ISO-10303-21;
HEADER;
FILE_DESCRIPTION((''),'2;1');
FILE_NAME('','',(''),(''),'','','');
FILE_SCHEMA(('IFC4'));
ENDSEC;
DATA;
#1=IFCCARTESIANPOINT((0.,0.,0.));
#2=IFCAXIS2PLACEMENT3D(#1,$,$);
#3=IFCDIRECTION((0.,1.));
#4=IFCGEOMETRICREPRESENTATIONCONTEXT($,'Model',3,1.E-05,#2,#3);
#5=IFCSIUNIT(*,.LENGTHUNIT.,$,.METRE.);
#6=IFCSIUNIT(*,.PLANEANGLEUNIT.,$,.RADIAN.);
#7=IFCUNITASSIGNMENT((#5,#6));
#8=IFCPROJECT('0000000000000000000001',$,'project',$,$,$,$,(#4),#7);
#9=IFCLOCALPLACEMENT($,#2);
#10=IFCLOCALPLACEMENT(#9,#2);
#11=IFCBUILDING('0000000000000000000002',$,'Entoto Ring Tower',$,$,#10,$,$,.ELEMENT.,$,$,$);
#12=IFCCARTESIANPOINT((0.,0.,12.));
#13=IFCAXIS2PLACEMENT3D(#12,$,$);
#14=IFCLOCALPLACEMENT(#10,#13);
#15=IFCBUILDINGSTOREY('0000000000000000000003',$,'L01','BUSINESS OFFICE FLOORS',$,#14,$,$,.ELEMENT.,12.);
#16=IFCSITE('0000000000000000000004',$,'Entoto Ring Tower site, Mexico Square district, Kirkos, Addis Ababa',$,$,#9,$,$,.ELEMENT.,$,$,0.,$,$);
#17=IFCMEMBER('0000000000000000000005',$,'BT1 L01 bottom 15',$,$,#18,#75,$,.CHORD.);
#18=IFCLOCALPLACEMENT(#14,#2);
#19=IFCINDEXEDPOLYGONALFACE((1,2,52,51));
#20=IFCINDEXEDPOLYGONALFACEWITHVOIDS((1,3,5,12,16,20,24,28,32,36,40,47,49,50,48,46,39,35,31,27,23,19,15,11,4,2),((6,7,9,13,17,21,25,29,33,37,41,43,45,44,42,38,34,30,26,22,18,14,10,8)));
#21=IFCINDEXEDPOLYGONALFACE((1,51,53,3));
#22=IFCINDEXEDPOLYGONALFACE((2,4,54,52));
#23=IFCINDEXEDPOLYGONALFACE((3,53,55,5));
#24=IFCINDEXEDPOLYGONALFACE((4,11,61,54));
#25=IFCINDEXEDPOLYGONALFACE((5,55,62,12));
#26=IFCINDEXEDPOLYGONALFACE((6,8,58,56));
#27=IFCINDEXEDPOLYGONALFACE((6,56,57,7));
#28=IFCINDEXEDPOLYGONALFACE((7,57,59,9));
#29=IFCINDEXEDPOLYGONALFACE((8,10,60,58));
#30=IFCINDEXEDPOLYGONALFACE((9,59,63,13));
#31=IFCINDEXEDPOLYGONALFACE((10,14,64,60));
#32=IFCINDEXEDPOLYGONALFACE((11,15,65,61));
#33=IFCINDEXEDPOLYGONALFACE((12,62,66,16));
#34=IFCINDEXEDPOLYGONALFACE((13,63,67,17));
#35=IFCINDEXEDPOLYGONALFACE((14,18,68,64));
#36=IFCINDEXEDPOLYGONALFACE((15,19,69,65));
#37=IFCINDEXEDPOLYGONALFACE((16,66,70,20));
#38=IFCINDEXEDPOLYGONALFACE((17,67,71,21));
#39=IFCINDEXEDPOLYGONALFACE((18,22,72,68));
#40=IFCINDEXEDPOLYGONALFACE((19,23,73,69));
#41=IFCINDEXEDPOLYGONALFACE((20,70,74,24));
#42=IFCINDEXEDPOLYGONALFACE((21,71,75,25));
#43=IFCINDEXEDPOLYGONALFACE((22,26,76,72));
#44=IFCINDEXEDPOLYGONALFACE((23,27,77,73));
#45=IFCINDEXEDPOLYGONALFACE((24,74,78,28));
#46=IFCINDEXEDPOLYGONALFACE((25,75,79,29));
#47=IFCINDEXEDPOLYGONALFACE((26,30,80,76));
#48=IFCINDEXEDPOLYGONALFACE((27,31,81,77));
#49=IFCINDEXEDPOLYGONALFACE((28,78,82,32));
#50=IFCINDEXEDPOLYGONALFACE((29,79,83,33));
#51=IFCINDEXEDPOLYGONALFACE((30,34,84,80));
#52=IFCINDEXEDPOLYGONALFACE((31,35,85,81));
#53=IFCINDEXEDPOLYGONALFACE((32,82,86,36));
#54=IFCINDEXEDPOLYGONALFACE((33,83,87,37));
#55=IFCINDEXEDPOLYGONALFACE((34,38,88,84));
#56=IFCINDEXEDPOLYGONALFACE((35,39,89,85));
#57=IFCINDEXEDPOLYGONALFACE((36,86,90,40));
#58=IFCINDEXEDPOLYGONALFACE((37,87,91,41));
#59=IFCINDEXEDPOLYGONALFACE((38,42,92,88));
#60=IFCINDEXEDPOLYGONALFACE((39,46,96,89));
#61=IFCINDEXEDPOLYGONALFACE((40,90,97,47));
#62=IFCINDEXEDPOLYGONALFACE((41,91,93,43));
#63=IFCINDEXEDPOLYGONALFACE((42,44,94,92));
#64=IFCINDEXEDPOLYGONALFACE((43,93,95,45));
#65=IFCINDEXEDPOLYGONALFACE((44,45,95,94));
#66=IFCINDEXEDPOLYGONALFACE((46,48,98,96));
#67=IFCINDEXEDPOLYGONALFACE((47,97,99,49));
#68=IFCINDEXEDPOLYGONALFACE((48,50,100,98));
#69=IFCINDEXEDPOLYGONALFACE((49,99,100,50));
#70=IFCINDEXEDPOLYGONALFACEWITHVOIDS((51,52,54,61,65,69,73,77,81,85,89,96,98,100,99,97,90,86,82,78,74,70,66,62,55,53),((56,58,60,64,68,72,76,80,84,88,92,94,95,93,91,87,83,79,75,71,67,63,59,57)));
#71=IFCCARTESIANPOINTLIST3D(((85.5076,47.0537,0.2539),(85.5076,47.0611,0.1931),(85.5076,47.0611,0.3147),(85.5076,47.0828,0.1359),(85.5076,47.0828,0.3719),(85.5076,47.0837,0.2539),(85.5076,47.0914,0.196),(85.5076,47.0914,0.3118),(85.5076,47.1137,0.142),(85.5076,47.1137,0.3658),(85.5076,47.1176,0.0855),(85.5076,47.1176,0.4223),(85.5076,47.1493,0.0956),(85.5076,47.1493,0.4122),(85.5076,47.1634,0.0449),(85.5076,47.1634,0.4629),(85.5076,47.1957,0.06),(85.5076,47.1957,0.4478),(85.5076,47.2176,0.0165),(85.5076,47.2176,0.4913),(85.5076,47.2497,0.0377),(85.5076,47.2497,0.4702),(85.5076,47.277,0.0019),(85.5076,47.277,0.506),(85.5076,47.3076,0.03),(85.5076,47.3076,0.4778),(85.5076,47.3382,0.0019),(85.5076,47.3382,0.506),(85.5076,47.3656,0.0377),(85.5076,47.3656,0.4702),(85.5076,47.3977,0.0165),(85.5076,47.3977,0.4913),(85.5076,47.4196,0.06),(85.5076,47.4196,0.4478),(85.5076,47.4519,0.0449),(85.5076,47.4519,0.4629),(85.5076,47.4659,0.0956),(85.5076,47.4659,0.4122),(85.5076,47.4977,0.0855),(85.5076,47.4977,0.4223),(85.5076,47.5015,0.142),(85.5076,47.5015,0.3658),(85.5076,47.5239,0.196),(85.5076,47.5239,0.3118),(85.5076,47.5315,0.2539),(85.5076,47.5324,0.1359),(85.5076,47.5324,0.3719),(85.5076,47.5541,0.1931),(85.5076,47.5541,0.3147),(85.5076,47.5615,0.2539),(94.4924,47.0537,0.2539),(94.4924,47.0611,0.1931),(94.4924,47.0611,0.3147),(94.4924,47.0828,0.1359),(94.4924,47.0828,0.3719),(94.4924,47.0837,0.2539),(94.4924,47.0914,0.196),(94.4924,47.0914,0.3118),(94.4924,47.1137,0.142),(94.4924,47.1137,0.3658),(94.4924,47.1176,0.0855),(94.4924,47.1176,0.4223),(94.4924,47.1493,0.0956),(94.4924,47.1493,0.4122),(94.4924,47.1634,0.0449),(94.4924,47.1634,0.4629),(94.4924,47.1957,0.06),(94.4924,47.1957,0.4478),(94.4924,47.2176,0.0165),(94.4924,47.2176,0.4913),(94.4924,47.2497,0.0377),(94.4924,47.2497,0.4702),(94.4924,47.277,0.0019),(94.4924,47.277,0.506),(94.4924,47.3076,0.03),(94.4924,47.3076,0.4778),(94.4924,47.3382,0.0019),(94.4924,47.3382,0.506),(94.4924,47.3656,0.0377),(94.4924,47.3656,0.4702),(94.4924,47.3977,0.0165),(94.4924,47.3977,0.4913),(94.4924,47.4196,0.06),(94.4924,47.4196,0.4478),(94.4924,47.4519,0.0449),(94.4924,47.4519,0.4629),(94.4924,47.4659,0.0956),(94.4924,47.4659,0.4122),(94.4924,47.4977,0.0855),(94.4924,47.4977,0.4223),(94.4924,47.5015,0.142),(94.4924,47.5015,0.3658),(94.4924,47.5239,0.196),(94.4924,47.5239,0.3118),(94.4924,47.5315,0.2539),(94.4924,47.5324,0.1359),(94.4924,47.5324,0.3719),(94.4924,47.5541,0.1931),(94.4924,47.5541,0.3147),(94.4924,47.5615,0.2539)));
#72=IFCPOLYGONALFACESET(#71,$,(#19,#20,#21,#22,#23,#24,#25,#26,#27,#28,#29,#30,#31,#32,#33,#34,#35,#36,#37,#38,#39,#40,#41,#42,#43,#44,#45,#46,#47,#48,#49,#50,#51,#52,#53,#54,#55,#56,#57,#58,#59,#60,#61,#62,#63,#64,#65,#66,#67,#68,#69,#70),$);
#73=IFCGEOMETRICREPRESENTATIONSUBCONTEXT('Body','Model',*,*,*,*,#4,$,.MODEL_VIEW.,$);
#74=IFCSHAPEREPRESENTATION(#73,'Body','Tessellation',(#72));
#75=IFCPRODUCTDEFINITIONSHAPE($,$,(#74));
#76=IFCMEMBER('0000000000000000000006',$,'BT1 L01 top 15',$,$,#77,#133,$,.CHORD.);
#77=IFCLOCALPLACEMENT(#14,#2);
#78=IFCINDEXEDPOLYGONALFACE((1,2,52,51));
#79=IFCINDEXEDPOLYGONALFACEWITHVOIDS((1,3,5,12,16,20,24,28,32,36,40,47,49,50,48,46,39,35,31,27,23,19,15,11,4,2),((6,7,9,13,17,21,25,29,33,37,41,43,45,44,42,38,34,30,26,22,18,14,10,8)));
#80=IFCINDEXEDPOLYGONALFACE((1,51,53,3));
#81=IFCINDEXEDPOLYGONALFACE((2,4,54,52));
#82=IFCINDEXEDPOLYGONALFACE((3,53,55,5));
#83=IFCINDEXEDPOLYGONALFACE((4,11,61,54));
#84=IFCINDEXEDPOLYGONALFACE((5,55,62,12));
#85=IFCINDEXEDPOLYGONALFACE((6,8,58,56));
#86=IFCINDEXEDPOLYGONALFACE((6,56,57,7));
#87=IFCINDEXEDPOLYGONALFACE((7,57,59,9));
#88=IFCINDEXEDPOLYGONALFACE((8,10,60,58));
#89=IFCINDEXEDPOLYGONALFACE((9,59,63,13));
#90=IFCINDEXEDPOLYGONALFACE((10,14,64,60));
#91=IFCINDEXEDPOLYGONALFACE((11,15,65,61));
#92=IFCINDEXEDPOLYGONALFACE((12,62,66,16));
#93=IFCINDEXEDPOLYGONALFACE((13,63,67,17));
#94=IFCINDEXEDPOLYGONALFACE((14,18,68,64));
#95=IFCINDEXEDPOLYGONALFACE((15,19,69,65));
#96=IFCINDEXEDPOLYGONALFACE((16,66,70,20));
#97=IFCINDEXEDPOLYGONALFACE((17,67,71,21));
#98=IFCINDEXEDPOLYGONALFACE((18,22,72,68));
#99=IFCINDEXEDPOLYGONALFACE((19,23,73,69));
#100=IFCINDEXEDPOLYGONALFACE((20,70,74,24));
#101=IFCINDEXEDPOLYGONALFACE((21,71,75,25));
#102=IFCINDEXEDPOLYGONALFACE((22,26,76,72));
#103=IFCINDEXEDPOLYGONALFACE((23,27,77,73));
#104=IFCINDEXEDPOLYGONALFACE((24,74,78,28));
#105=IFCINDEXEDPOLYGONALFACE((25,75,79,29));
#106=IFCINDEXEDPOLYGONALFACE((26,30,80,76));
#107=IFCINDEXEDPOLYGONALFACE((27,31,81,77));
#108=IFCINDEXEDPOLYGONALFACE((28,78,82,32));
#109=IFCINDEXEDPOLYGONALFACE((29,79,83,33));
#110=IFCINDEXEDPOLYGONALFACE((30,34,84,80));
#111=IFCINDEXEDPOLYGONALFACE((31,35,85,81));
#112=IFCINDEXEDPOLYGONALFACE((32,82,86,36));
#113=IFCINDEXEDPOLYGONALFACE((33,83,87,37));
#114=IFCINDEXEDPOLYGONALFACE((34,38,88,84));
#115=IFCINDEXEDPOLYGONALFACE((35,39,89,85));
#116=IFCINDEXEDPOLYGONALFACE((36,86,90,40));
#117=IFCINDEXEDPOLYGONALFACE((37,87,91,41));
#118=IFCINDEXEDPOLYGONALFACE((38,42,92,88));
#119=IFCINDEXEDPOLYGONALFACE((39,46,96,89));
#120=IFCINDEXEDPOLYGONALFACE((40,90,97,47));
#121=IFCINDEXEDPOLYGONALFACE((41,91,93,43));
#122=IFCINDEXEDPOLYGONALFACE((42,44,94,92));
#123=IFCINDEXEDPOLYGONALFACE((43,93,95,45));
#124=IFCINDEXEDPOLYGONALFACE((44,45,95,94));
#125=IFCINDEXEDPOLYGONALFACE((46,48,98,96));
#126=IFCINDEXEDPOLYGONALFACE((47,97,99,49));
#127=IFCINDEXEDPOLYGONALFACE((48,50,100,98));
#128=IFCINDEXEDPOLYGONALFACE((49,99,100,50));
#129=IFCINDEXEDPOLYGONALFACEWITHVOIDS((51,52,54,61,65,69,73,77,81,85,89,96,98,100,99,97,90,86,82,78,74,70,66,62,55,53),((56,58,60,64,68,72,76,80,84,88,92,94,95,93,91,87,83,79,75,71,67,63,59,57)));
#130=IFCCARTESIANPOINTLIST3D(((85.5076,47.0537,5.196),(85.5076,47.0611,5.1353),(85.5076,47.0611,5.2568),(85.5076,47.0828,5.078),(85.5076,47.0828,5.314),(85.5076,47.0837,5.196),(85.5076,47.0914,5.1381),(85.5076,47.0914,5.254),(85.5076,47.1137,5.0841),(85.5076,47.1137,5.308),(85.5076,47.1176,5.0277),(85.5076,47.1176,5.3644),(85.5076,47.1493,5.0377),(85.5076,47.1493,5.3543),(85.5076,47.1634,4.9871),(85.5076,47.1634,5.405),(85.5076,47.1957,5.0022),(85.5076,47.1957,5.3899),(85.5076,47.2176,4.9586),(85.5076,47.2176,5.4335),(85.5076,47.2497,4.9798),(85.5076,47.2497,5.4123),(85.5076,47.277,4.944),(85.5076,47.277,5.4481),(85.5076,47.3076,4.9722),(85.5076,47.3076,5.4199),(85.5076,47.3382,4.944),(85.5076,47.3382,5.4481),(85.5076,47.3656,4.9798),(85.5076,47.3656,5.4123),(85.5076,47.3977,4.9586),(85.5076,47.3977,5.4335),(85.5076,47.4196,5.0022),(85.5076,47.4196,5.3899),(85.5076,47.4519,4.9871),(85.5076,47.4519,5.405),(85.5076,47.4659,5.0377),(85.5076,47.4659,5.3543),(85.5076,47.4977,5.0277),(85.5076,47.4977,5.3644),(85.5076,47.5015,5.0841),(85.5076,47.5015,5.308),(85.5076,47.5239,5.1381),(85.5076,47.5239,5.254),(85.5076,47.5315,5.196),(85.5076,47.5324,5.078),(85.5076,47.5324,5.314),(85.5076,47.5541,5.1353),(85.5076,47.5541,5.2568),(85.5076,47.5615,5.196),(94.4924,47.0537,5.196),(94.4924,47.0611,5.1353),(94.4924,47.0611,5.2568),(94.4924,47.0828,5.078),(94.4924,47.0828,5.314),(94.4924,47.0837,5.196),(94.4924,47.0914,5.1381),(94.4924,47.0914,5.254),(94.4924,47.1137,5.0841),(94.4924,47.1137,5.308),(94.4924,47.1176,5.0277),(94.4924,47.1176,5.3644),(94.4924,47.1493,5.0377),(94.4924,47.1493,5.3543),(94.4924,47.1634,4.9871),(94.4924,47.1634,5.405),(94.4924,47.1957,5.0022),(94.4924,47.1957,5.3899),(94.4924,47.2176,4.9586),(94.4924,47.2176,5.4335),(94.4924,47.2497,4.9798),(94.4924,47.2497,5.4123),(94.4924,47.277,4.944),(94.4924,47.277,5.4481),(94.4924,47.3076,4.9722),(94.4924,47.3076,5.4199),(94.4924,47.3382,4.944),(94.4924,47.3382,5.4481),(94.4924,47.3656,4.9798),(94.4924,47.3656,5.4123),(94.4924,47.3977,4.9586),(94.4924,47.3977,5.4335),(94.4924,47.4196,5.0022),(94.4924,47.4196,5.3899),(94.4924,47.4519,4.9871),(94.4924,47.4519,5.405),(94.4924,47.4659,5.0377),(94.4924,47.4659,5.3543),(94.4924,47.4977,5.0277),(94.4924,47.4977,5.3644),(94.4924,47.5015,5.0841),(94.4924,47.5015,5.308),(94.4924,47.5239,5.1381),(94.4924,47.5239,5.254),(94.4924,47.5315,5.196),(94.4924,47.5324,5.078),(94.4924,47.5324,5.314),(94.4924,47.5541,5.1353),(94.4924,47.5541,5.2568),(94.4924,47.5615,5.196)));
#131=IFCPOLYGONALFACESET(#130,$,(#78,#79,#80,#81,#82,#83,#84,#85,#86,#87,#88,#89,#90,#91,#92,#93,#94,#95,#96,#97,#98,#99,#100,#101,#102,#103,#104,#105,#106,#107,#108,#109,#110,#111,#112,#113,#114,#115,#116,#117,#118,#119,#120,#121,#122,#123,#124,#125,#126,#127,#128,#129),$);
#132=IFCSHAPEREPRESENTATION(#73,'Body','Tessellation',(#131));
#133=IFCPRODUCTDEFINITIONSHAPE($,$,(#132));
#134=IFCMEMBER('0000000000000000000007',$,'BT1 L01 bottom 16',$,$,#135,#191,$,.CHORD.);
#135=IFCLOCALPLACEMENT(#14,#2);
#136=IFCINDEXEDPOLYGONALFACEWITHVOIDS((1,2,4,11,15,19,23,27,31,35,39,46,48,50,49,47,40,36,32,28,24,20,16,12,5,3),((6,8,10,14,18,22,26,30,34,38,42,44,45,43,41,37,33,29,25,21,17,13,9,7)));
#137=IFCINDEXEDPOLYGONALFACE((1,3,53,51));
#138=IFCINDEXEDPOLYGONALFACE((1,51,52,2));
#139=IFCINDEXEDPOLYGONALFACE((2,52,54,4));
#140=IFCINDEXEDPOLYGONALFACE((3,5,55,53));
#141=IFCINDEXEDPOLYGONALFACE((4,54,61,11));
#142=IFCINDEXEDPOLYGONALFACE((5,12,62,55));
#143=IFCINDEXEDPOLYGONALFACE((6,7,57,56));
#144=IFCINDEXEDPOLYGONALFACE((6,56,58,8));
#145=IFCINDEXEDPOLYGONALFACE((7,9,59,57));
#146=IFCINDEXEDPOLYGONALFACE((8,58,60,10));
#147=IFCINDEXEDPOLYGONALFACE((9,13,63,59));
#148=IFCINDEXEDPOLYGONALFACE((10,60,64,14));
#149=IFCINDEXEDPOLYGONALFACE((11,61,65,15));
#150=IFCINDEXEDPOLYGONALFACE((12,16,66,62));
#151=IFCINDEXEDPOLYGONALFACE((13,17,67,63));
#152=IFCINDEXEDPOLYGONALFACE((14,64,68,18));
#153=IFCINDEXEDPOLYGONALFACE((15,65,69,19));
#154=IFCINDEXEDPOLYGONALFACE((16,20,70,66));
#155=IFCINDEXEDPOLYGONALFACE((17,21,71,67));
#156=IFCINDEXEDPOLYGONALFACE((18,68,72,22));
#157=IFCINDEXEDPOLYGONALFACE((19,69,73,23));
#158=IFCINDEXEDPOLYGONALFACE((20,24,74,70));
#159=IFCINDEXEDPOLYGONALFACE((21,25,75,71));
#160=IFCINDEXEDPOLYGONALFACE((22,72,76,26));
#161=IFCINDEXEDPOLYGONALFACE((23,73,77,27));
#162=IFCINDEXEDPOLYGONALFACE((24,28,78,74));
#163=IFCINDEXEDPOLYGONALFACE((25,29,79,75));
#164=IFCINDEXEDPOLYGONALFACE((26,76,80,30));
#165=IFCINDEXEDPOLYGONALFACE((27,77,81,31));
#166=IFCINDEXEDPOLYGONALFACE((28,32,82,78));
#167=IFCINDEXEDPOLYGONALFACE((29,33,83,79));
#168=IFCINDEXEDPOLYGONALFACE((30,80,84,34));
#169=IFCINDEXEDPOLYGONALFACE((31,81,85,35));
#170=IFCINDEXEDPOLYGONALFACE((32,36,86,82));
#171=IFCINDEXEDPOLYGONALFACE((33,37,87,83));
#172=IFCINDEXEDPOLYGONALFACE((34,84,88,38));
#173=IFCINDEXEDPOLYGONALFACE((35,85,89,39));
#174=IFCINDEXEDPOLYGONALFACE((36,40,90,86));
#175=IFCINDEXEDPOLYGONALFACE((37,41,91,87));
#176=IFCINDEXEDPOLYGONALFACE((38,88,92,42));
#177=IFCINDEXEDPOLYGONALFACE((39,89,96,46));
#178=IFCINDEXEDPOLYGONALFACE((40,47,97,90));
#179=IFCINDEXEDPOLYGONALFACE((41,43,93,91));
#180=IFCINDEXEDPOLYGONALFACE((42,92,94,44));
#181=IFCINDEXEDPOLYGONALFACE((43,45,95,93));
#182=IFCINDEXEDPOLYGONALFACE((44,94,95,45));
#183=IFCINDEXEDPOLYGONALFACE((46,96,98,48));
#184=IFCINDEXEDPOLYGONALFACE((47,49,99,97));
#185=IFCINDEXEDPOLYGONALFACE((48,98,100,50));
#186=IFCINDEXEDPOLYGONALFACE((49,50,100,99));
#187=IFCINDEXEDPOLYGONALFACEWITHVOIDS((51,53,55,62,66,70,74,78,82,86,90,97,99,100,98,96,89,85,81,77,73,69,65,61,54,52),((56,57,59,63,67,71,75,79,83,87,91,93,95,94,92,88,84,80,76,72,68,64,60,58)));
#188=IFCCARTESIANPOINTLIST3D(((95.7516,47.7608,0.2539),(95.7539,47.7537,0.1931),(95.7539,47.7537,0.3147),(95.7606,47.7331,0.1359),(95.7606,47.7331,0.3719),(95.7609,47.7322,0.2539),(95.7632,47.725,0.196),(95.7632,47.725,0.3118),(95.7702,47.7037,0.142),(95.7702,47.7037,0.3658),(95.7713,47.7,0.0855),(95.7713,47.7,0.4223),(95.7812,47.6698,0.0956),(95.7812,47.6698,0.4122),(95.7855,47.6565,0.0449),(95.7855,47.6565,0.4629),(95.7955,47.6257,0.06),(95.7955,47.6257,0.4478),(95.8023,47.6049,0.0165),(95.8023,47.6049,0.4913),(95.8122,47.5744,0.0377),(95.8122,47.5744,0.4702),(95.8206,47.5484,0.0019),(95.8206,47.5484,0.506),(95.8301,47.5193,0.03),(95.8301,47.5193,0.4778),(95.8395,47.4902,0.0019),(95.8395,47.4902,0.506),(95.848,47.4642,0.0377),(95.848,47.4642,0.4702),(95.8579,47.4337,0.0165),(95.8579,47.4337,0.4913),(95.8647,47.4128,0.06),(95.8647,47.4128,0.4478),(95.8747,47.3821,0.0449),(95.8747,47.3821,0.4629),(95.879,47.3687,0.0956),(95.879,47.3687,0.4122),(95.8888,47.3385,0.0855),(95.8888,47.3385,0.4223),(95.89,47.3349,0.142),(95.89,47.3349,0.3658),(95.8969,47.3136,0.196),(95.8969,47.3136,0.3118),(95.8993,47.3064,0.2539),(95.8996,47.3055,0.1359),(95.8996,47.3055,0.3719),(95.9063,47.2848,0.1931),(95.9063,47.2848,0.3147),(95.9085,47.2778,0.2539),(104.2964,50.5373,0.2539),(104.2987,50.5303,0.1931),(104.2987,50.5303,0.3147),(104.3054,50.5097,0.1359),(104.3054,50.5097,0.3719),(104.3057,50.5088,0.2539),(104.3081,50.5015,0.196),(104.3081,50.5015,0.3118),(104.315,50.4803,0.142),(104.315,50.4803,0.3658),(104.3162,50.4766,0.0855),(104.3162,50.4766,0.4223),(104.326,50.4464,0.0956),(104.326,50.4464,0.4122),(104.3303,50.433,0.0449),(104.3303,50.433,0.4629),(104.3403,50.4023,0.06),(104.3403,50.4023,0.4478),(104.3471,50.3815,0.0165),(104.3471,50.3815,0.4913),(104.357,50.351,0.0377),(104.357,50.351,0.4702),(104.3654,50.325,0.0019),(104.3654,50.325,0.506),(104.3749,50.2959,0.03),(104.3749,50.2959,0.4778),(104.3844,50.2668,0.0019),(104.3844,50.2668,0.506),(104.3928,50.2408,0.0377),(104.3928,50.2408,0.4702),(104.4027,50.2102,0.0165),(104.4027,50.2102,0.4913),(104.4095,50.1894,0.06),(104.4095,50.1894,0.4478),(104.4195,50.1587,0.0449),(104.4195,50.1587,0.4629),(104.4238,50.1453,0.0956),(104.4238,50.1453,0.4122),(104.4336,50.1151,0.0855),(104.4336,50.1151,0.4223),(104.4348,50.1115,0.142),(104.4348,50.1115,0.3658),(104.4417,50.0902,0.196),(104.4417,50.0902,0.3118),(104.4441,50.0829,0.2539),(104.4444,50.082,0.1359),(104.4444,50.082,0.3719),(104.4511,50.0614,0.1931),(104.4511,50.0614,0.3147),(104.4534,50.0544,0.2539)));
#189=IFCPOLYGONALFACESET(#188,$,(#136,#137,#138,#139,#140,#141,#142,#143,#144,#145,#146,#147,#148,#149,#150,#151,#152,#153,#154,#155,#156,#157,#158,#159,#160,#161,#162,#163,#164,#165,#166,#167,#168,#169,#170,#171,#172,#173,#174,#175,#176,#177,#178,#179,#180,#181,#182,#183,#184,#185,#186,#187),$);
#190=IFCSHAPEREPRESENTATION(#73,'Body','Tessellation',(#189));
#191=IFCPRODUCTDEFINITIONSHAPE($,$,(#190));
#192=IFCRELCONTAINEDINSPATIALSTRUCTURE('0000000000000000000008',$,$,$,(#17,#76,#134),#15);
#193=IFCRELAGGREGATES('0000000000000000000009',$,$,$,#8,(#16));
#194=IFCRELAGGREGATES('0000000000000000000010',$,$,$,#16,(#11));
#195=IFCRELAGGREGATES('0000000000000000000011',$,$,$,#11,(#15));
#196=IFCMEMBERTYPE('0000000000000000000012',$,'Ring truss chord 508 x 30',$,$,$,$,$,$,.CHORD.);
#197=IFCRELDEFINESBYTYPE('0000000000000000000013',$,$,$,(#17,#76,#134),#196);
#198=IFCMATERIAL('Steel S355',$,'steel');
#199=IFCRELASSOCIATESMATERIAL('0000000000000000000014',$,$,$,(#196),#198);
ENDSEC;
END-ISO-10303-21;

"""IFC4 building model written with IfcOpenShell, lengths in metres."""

from ifc_helpers import new_model, si_unit, direction, frame, origin, origin_2d, place, context, subcontext, project, spatial, circle, hollow_circle, extrude, material, material_profile, profile_set, type_object, element, save


model = new_model("IFC4")

# Units and contexts
model_context = context("Model", 3, precision=1e-05, world=origin(), true_north=direction((0.0, 1.0)))
body_context = subcontext(model_context, "Body", "Model", "MODEL_VIEW")
ifc_project = project(units=[si_unit("LENGTHUNIT", "METRE"), si_unit("PLANEANGLEUNIT", "RADIAN")], contexts=[model_context])

# Site, building, storey
site_placement = place(None, origin())
site = spatial("IfcSite", under=ifc_project, at=site_placement, Name="Entoto Ring Tower site, Mexico Square district, Kirkos, Addis Ababa", CompositionType="ELEMENT", RefElevation=0.0)
building_placement = place(site_placement, origin())
building = spatial("IfcBuilding", under=site, at=building_placement, Name="Entoto Ring Tower", CompositionType="ELEMENT")
storey_placement = place(building_placement, frame((0.0, 0.0, 12.0)))
storey = spatial("IfcBuildingStorey", under=building, at=storey_placement, Name="L01", Description="BUSINESS OFFICE FLOORS", CompositionType="ELEMENT", Elevation=12.0)

# Members
ifc_material_1 = material(Name="Steel S355", Category="steel")
ifc_material_profile_1 = material_profile(ifc_material_1, hollow_circle(Radius=0.2539, WallThickness=0.03, at=origin_2d()), Name="CHS 508 x 30")
ifc_material_2 = material(Name="Concrete C60/75", Category="concrete")
ifc_material_profile_2 = material_profile(ifc_material_2, circle(Radius=0.2241, at=origin_2d()), Name="Concrete C60/75 infill")
ifc_profile_set_1 = profile_set([ifc_material_profile_1, ifc_material_profile_2], Name="Steel S355")
member_type_1 = type_object("IfcMemberType", Name="Ring truss chord 508 x 30", PredefinedType="CHORD", material=ifc_profile_set_1)
for number, where, z_axis, x_axis, name in (
    (1, (85.5076, 47.3076, 0.2539), (1.0, 0.0, 0.0), (0.0, 1.0, 0.0), "BT1 L01 bottom 15"),
    (2, (85.5076, 47.3076, 5.196), (1.0, 0.0, 0.0), (0.0, 1.0, 0.0), "BT1 L01 top 15"),
):
    element("IfcMember", number, at=place(storey_placement, frame(where, z_axis=z_axis, x_axis=x_axis)), inside=storey, type_object=member_type_1, Name=name, PredefinedType="CHORD", context=body_context, shape_type="SweptSolid", body=[
        extrude(hollow_circle(Radius=0.2539, WallThickness=0.03, at=origin_2d()), origin(), (0.0, 0.0, 1.0), 8.9849),
    ])
for number, where, z_axis, x_axis, name in (
    (3, (95.8301, 47.5193, 0.2539), (0.95105, 0.309037, 0.0), (-0.309037, 0.95105, 0.0), "BT1 L01 bottom 16"),
):
    element("IfcMember", number, at=place(storey_placement, frame(where, z_axis=z_axis, x_axis=x_axis)), inside=storey, type_object=member_type_1, Name=name, PredefinedType="CHORD", context=body_context, shape_type="SweptSolid", body=[
        extrude(hollow_circle(Radius=0.2539, WallThickness=0.03, at=origin_2d()), origin(), (0.0, 0.0, 1.0), 8.9846),
    ])

save(model, "model.ifc")
